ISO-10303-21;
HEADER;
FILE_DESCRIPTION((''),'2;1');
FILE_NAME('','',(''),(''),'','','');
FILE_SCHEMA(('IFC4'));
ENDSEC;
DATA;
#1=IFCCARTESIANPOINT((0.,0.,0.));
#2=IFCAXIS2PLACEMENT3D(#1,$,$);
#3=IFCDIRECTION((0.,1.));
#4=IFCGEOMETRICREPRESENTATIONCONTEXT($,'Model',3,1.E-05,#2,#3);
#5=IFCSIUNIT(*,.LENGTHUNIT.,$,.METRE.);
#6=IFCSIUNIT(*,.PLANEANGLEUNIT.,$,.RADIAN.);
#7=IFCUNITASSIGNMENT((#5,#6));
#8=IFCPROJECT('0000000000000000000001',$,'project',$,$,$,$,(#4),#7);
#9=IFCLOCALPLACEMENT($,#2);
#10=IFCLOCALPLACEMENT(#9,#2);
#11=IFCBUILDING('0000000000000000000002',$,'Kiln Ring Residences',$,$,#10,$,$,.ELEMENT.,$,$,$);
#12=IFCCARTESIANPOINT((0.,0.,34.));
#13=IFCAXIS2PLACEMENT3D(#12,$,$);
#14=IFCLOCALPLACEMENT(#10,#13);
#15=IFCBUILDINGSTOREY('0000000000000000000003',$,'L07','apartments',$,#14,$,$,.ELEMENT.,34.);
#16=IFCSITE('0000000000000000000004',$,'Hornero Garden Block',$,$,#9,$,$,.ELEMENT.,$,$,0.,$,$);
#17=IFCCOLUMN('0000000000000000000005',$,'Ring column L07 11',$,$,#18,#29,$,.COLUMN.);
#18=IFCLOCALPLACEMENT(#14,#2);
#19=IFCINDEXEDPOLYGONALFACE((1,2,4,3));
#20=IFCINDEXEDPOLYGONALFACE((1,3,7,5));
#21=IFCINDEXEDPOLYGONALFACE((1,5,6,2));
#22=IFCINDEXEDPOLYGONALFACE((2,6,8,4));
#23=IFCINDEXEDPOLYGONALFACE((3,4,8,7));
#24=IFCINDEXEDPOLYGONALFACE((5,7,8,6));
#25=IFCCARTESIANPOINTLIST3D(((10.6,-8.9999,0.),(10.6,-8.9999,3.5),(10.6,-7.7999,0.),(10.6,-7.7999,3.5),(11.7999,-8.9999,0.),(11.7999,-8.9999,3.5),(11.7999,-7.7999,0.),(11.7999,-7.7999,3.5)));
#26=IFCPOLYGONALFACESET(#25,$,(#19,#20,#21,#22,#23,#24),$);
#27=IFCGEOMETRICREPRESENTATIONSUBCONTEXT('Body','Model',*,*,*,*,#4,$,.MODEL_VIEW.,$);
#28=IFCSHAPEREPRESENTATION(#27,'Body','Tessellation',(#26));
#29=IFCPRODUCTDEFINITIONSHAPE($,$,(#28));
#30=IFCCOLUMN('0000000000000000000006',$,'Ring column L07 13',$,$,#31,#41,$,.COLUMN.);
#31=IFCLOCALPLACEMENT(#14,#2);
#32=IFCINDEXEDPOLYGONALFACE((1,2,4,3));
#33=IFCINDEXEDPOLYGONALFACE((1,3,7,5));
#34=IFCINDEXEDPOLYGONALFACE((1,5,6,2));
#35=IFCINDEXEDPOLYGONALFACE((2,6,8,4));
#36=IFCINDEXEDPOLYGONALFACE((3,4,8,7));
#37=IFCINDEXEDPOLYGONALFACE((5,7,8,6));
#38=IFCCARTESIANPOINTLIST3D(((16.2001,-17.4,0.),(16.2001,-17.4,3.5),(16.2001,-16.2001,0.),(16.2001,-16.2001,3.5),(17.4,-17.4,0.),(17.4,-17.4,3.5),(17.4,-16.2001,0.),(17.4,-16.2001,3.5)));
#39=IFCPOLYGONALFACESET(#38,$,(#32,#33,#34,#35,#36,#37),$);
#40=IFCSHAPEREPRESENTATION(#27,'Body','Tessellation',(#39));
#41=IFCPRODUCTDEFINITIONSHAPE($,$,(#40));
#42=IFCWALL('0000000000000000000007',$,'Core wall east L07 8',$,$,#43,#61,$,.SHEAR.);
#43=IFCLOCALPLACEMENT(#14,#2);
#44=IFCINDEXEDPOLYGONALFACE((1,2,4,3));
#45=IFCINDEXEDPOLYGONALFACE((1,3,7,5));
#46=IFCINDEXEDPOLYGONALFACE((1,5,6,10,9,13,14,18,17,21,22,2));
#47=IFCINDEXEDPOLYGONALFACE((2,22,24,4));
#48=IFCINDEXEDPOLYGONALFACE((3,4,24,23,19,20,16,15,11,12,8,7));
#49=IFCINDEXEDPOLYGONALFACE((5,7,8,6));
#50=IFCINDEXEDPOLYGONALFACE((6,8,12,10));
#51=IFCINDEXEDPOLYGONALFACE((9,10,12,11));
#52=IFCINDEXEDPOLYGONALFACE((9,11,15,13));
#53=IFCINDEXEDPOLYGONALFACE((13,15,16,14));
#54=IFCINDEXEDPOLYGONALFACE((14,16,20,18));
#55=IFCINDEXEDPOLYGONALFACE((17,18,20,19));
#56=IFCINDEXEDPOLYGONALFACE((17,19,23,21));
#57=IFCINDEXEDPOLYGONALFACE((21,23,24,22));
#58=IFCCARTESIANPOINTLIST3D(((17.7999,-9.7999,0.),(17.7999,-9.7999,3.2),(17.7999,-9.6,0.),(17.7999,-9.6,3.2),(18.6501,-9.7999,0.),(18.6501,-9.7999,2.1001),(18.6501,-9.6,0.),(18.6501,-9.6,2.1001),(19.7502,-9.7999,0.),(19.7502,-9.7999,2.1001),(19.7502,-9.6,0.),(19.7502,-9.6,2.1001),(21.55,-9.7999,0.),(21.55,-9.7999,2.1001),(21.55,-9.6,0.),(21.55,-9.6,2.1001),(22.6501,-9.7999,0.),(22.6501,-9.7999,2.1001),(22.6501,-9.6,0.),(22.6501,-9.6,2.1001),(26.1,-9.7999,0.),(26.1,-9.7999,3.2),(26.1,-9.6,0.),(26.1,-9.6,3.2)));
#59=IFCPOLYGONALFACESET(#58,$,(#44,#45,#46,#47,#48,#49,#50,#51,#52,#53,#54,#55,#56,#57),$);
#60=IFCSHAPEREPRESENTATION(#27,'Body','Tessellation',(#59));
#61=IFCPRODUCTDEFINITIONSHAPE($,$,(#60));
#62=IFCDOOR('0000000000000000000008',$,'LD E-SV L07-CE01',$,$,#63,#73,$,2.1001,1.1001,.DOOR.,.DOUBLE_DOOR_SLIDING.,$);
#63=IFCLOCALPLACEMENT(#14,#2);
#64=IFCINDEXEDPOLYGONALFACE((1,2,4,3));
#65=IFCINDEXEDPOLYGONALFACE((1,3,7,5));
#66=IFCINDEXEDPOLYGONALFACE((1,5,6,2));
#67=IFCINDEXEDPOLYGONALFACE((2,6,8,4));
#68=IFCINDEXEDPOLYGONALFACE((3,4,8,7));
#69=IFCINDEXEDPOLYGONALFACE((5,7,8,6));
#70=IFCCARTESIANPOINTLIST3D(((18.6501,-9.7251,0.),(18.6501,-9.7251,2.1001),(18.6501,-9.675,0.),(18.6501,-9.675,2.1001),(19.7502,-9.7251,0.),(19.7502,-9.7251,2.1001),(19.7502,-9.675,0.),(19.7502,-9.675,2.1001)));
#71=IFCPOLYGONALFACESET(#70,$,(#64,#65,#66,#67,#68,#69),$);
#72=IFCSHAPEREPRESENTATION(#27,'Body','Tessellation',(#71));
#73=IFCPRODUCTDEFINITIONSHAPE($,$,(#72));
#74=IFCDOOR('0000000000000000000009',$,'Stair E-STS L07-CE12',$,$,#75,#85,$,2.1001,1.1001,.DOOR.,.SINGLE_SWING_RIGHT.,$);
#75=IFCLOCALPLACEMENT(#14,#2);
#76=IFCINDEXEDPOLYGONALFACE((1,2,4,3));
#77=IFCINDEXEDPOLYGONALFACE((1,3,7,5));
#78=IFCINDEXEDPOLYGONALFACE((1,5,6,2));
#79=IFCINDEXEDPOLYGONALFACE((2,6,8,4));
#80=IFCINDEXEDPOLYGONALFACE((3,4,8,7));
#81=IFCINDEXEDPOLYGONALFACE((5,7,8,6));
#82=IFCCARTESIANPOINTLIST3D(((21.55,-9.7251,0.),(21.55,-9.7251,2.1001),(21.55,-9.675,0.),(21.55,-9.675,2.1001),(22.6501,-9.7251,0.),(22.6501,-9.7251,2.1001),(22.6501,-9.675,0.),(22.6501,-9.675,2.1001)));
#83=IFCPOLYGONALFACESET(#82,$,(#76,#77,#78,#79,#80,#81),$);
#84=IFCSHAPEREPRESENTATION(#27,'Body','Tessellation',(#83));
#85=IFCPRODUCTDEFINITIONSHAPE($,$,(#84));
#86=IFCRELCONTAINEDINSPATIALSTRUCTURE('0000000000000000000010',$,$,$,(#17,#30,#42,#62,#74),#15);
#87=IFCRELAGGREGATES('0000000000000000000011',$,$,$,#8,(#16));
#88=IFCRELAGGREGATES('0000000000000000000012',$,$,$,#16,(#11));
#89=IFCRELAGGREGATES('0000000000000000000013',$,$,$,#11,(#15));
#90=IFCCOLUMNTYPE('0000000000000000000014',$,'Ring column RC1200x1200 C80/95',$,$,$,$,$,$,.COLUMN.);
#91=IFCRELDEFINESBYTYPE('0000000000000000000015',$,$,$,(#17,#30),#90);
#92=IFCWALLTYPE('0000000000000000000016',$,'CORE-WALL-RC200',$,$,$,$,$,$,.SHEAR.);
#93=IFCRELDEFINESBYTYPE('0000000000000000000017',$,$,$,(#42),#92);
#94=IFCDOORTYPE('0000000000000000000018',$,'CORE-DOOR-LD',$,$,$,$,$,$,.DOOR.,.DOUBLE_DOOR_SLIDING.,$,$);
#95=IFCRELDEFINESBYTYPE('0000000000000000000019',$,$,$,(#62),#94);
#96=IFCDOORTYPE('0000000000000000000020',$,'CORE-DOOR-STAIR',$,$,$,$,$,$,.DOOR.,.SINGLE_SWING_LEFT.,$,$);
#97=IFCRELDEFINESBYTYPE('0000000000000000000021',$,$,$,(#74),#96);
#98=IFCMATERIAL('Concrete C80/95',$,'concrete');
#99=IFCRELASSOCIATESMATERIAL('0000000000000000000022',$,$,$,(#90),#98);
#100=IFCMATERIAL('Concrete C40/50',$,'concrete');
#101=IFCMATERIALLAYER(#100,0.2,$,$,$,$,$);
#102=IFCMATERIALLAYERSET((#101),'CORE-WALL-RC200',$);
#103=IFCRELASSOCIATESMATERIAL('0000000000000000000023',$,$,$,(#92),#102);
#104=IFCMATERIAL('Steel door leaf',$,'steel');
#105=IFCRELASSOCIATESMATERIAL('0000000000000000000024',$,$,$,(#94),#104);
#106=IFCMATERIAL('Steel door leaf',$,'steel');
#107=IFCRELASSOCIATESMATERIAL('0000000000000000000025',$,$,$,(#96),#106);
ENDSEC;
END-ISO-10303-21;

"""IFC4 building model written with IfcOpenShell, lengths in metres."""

from ifc_helpers import new_model, si_unit, direction, frame, frame_2d, origin, origin_2d, place, context, subcontext, project, spatial, rectangle, extrude, material, layer, layer_set, material_profile, profile_set, type_object, element, fill, save


model = new_model("IFC4")

# Units and contexts
model_context = context("Model", 3, precision=1e-05, world=origin(), true_north=direction((0.0, 1.0)))
body_context = subcontext(model_context, "Body", "Model", "MODEL_VIEW")
ifc_project = project(units=[si_unit("LENGTHUNIT", "METRE"), si_unit("PLANEANGLEUNIT", "RADIAN")], contexts=[model_context])

# Site, building, storey
site_placement = place(None, origin())
site = spatial("IfcSite", under=ifc_project, at=site_placement, Name="Hornero Garden Block", CompositionType="ELEMENT", RefElevation=0.0)
building_placement = place(site_placement, origin())
building = spatial("IfcBuilding", under=site, at=building_placement, Name="Kiln Ring Residences", CompositionType="ELEMENT")
storey_placement = place(building_placement, frame((0.0, 0.0, 34.0)))
storey = spatial("IfcBuildingStorey", under=building, at=storey_placement, Name="L07", Description="apartments", CompositionType="ELEMENT", Elevation=34.0)

# Columns
ifc_material_1 = material(Name="Concrete C80/95", Category="concrete")
ifc_material_profile = material_profile(ifc_material_1, rectangle(XDim=1.2, YDim=1.2, at=origin_2d()), Name="RC1200x1200")
ifc_profile_set = profile_set([ifc_material_profile], Name="Concrete C80/95")
column_type = type_object("IfcColumnType", Name="Ring column RC1200x1200 C80/95", PredefinedType="COLUMN", material=ifc_profile_set)
for number, where, z_axis, x_axis, name in (
    (1, (11.2, -8.3999, 0.0), (0.0, 0.0, 1.0), (1.0, 0.0, 0.0), "Ring column L07 11"),
    (2, (16.8, -16.8, 0.0), (0.0, 0.0, 1.0), (1.0, 0.0, 0.0), "Ring column L07 13"),
):
    element("IfcColumn", number, at=place(storey_placement, frame(where, z_axis=z_axis, x_axis=x_axis)), inside=storey, type_object=column_type, Name=name, PredefinedType="COLUMN", context=body_context, shape_type="SweptSolid", body=[
        extrude(rectangle(XDim=1.2, YDim=1.2, at=origin_2d()), origin(), (0.0, 0.0, 1.0), 3.5),
    ])

# Wall, openings, doors
ifc_material_2 = material(Name="Concrete C40/50", Category="concrete")
ifc_layer_1 = layer(ifc_material_2, 0.2)
ifc_layer_set_1 = layer_set([ifc_layer_1], Name="CORE-WALL-RC200")
wall_type_1 = type_object("IfcWallType", Name="CORE-WALL-RC200", PredefinedType="SHEAR", material=ifc_layer_set_1)
wall_1_placement = place(storey_placement, frame((17.8, -9.7, 0.0), z_axis=(0.0, 0.0, 1.0), x_axis=(1.0, 0.0, 0.0)))
wall_1 = element("IfcWall", 3, at=wall_1_placement, inside=storey, type_object=wall_type_1, Name="Core wall east L07 8", PredefinedType="SHEAR", context=body_context, shape_type="SweptSolid", body=[
    extrude(rectangle(XDim=8.3, YDim=0.2, at=frame_2d((4.1499, 0.0))), origin(), (0.0, 0.0, 1.0), 3.2),
])
opening_1_placement = place(wall_1_placement, frame((0.8501, 0.0, 0.0)))
opening_1 = element("IfcOpeningElement", 4, at=opening_1_placement, cuts=wall_1, PredefinedType="OPENING", context=body_context, shape_type="SweptSolid", body=[
    extrude(rectangle(XDim=1.1001, YDim=2.1001, at=frame_2d((0.55, 1.05))), frame((0.0, 0.1099, 0.0), z_axis=(0.0, -1.0, 0.0), x_axis=(1.0, 0.0, 0.0)), (0.0, 0.0, 1.0), 0.22),
])
opening_2_placement = place(wall_1_placement, frame((3.75, 0.0, 0.0)))
opening_2 = element("IfcOpeningElement", 5, at=opening_2_placement, cuts=wall_1, PredefinedType="OPENING", context=body_context, shape_type="SweptSolid", body=[
    extrude(rectangle(XDim=1.1001, YDim=2.1001, at=frame_2d((0.55, 1.05))), frame((0.0, 0.1099, 0.0), z_axis=(0.0, -1.0, 0.0), x_axis=(1.0, 0.0, 0.0)), (0.0, 0.0, 1.0), 0.22),
])
ifc_material_3 = material(Name="Steel door leaf", Category="steel")
door_type_1 = type_object("IfcDoorType", Name="CORE-DOOR-LD", OperationType="DOUBLE_DOOR_SLIDING", PredefinedType="DOOR", material=ifc_material_3)
door_1_placement = place(opening_1_placement, origin())
door_1 = element("IfcDoor", 6, at=door_1_placement, inside=storey, type_object=door_type_1, Name="LD E-SV L07-CE01", OperationType="DOUBLE_DOOR_SLIDING", OverallHeight=2.1001, OverallWidth=1.1001, PredefinedType="DOOR", context=body_context, shape_type="SweptSolid", body=[
    extrude(rectangle(XDim=1.1001, YDim=2.1001, at=frame_2d((0.55, 1.05))), frame((0.0, 0.0249, 0.0), z_axis=(0.0, -1.0, 0.0), x_axis=(1.0, 0.0, 0.0)), (0.0, 0.0, 1.0), 0.05),
])
fill(opening_1, door_1)
ifc_material_4 = material(Name="Steel door leaf", Category="steel")
door_type_2 = type_object("IfcDoorType", Name="CORE-DOOR-STAIR", OperationType="SINGLE_SWING_LEFT", PredefinedType="DOOR", material=ifc_material_4)
door_2_placement = place(opening_2_placement, origin())
door_2 = element("IfcDoor", 7, at=door_2_placement, inside=storey, type_object=door_type_2, Name="Stair E-STS L07-CE12", OperationType="SINGLE_SWING_RIGHT", OverallHeight=2.1001, OverallWidth=1.1001, PredefinedType="DOOR", context=body_context, shape_type="SweptSolid", body=[
    extrude(rectangle(XDim=1.1001, YDim=2.1001, at=frame_2d((0.55, 1.05))), frame((0.0, 0.0249, 0.0), z_axis=(0.0, -1.0, 0.0), x_axis=(1.0, 0.0, 0.0)), (0.0, 0.0, 1.0), 0.05),
])
fill(opening_2, door_2)

save(model, "model.ifc")
